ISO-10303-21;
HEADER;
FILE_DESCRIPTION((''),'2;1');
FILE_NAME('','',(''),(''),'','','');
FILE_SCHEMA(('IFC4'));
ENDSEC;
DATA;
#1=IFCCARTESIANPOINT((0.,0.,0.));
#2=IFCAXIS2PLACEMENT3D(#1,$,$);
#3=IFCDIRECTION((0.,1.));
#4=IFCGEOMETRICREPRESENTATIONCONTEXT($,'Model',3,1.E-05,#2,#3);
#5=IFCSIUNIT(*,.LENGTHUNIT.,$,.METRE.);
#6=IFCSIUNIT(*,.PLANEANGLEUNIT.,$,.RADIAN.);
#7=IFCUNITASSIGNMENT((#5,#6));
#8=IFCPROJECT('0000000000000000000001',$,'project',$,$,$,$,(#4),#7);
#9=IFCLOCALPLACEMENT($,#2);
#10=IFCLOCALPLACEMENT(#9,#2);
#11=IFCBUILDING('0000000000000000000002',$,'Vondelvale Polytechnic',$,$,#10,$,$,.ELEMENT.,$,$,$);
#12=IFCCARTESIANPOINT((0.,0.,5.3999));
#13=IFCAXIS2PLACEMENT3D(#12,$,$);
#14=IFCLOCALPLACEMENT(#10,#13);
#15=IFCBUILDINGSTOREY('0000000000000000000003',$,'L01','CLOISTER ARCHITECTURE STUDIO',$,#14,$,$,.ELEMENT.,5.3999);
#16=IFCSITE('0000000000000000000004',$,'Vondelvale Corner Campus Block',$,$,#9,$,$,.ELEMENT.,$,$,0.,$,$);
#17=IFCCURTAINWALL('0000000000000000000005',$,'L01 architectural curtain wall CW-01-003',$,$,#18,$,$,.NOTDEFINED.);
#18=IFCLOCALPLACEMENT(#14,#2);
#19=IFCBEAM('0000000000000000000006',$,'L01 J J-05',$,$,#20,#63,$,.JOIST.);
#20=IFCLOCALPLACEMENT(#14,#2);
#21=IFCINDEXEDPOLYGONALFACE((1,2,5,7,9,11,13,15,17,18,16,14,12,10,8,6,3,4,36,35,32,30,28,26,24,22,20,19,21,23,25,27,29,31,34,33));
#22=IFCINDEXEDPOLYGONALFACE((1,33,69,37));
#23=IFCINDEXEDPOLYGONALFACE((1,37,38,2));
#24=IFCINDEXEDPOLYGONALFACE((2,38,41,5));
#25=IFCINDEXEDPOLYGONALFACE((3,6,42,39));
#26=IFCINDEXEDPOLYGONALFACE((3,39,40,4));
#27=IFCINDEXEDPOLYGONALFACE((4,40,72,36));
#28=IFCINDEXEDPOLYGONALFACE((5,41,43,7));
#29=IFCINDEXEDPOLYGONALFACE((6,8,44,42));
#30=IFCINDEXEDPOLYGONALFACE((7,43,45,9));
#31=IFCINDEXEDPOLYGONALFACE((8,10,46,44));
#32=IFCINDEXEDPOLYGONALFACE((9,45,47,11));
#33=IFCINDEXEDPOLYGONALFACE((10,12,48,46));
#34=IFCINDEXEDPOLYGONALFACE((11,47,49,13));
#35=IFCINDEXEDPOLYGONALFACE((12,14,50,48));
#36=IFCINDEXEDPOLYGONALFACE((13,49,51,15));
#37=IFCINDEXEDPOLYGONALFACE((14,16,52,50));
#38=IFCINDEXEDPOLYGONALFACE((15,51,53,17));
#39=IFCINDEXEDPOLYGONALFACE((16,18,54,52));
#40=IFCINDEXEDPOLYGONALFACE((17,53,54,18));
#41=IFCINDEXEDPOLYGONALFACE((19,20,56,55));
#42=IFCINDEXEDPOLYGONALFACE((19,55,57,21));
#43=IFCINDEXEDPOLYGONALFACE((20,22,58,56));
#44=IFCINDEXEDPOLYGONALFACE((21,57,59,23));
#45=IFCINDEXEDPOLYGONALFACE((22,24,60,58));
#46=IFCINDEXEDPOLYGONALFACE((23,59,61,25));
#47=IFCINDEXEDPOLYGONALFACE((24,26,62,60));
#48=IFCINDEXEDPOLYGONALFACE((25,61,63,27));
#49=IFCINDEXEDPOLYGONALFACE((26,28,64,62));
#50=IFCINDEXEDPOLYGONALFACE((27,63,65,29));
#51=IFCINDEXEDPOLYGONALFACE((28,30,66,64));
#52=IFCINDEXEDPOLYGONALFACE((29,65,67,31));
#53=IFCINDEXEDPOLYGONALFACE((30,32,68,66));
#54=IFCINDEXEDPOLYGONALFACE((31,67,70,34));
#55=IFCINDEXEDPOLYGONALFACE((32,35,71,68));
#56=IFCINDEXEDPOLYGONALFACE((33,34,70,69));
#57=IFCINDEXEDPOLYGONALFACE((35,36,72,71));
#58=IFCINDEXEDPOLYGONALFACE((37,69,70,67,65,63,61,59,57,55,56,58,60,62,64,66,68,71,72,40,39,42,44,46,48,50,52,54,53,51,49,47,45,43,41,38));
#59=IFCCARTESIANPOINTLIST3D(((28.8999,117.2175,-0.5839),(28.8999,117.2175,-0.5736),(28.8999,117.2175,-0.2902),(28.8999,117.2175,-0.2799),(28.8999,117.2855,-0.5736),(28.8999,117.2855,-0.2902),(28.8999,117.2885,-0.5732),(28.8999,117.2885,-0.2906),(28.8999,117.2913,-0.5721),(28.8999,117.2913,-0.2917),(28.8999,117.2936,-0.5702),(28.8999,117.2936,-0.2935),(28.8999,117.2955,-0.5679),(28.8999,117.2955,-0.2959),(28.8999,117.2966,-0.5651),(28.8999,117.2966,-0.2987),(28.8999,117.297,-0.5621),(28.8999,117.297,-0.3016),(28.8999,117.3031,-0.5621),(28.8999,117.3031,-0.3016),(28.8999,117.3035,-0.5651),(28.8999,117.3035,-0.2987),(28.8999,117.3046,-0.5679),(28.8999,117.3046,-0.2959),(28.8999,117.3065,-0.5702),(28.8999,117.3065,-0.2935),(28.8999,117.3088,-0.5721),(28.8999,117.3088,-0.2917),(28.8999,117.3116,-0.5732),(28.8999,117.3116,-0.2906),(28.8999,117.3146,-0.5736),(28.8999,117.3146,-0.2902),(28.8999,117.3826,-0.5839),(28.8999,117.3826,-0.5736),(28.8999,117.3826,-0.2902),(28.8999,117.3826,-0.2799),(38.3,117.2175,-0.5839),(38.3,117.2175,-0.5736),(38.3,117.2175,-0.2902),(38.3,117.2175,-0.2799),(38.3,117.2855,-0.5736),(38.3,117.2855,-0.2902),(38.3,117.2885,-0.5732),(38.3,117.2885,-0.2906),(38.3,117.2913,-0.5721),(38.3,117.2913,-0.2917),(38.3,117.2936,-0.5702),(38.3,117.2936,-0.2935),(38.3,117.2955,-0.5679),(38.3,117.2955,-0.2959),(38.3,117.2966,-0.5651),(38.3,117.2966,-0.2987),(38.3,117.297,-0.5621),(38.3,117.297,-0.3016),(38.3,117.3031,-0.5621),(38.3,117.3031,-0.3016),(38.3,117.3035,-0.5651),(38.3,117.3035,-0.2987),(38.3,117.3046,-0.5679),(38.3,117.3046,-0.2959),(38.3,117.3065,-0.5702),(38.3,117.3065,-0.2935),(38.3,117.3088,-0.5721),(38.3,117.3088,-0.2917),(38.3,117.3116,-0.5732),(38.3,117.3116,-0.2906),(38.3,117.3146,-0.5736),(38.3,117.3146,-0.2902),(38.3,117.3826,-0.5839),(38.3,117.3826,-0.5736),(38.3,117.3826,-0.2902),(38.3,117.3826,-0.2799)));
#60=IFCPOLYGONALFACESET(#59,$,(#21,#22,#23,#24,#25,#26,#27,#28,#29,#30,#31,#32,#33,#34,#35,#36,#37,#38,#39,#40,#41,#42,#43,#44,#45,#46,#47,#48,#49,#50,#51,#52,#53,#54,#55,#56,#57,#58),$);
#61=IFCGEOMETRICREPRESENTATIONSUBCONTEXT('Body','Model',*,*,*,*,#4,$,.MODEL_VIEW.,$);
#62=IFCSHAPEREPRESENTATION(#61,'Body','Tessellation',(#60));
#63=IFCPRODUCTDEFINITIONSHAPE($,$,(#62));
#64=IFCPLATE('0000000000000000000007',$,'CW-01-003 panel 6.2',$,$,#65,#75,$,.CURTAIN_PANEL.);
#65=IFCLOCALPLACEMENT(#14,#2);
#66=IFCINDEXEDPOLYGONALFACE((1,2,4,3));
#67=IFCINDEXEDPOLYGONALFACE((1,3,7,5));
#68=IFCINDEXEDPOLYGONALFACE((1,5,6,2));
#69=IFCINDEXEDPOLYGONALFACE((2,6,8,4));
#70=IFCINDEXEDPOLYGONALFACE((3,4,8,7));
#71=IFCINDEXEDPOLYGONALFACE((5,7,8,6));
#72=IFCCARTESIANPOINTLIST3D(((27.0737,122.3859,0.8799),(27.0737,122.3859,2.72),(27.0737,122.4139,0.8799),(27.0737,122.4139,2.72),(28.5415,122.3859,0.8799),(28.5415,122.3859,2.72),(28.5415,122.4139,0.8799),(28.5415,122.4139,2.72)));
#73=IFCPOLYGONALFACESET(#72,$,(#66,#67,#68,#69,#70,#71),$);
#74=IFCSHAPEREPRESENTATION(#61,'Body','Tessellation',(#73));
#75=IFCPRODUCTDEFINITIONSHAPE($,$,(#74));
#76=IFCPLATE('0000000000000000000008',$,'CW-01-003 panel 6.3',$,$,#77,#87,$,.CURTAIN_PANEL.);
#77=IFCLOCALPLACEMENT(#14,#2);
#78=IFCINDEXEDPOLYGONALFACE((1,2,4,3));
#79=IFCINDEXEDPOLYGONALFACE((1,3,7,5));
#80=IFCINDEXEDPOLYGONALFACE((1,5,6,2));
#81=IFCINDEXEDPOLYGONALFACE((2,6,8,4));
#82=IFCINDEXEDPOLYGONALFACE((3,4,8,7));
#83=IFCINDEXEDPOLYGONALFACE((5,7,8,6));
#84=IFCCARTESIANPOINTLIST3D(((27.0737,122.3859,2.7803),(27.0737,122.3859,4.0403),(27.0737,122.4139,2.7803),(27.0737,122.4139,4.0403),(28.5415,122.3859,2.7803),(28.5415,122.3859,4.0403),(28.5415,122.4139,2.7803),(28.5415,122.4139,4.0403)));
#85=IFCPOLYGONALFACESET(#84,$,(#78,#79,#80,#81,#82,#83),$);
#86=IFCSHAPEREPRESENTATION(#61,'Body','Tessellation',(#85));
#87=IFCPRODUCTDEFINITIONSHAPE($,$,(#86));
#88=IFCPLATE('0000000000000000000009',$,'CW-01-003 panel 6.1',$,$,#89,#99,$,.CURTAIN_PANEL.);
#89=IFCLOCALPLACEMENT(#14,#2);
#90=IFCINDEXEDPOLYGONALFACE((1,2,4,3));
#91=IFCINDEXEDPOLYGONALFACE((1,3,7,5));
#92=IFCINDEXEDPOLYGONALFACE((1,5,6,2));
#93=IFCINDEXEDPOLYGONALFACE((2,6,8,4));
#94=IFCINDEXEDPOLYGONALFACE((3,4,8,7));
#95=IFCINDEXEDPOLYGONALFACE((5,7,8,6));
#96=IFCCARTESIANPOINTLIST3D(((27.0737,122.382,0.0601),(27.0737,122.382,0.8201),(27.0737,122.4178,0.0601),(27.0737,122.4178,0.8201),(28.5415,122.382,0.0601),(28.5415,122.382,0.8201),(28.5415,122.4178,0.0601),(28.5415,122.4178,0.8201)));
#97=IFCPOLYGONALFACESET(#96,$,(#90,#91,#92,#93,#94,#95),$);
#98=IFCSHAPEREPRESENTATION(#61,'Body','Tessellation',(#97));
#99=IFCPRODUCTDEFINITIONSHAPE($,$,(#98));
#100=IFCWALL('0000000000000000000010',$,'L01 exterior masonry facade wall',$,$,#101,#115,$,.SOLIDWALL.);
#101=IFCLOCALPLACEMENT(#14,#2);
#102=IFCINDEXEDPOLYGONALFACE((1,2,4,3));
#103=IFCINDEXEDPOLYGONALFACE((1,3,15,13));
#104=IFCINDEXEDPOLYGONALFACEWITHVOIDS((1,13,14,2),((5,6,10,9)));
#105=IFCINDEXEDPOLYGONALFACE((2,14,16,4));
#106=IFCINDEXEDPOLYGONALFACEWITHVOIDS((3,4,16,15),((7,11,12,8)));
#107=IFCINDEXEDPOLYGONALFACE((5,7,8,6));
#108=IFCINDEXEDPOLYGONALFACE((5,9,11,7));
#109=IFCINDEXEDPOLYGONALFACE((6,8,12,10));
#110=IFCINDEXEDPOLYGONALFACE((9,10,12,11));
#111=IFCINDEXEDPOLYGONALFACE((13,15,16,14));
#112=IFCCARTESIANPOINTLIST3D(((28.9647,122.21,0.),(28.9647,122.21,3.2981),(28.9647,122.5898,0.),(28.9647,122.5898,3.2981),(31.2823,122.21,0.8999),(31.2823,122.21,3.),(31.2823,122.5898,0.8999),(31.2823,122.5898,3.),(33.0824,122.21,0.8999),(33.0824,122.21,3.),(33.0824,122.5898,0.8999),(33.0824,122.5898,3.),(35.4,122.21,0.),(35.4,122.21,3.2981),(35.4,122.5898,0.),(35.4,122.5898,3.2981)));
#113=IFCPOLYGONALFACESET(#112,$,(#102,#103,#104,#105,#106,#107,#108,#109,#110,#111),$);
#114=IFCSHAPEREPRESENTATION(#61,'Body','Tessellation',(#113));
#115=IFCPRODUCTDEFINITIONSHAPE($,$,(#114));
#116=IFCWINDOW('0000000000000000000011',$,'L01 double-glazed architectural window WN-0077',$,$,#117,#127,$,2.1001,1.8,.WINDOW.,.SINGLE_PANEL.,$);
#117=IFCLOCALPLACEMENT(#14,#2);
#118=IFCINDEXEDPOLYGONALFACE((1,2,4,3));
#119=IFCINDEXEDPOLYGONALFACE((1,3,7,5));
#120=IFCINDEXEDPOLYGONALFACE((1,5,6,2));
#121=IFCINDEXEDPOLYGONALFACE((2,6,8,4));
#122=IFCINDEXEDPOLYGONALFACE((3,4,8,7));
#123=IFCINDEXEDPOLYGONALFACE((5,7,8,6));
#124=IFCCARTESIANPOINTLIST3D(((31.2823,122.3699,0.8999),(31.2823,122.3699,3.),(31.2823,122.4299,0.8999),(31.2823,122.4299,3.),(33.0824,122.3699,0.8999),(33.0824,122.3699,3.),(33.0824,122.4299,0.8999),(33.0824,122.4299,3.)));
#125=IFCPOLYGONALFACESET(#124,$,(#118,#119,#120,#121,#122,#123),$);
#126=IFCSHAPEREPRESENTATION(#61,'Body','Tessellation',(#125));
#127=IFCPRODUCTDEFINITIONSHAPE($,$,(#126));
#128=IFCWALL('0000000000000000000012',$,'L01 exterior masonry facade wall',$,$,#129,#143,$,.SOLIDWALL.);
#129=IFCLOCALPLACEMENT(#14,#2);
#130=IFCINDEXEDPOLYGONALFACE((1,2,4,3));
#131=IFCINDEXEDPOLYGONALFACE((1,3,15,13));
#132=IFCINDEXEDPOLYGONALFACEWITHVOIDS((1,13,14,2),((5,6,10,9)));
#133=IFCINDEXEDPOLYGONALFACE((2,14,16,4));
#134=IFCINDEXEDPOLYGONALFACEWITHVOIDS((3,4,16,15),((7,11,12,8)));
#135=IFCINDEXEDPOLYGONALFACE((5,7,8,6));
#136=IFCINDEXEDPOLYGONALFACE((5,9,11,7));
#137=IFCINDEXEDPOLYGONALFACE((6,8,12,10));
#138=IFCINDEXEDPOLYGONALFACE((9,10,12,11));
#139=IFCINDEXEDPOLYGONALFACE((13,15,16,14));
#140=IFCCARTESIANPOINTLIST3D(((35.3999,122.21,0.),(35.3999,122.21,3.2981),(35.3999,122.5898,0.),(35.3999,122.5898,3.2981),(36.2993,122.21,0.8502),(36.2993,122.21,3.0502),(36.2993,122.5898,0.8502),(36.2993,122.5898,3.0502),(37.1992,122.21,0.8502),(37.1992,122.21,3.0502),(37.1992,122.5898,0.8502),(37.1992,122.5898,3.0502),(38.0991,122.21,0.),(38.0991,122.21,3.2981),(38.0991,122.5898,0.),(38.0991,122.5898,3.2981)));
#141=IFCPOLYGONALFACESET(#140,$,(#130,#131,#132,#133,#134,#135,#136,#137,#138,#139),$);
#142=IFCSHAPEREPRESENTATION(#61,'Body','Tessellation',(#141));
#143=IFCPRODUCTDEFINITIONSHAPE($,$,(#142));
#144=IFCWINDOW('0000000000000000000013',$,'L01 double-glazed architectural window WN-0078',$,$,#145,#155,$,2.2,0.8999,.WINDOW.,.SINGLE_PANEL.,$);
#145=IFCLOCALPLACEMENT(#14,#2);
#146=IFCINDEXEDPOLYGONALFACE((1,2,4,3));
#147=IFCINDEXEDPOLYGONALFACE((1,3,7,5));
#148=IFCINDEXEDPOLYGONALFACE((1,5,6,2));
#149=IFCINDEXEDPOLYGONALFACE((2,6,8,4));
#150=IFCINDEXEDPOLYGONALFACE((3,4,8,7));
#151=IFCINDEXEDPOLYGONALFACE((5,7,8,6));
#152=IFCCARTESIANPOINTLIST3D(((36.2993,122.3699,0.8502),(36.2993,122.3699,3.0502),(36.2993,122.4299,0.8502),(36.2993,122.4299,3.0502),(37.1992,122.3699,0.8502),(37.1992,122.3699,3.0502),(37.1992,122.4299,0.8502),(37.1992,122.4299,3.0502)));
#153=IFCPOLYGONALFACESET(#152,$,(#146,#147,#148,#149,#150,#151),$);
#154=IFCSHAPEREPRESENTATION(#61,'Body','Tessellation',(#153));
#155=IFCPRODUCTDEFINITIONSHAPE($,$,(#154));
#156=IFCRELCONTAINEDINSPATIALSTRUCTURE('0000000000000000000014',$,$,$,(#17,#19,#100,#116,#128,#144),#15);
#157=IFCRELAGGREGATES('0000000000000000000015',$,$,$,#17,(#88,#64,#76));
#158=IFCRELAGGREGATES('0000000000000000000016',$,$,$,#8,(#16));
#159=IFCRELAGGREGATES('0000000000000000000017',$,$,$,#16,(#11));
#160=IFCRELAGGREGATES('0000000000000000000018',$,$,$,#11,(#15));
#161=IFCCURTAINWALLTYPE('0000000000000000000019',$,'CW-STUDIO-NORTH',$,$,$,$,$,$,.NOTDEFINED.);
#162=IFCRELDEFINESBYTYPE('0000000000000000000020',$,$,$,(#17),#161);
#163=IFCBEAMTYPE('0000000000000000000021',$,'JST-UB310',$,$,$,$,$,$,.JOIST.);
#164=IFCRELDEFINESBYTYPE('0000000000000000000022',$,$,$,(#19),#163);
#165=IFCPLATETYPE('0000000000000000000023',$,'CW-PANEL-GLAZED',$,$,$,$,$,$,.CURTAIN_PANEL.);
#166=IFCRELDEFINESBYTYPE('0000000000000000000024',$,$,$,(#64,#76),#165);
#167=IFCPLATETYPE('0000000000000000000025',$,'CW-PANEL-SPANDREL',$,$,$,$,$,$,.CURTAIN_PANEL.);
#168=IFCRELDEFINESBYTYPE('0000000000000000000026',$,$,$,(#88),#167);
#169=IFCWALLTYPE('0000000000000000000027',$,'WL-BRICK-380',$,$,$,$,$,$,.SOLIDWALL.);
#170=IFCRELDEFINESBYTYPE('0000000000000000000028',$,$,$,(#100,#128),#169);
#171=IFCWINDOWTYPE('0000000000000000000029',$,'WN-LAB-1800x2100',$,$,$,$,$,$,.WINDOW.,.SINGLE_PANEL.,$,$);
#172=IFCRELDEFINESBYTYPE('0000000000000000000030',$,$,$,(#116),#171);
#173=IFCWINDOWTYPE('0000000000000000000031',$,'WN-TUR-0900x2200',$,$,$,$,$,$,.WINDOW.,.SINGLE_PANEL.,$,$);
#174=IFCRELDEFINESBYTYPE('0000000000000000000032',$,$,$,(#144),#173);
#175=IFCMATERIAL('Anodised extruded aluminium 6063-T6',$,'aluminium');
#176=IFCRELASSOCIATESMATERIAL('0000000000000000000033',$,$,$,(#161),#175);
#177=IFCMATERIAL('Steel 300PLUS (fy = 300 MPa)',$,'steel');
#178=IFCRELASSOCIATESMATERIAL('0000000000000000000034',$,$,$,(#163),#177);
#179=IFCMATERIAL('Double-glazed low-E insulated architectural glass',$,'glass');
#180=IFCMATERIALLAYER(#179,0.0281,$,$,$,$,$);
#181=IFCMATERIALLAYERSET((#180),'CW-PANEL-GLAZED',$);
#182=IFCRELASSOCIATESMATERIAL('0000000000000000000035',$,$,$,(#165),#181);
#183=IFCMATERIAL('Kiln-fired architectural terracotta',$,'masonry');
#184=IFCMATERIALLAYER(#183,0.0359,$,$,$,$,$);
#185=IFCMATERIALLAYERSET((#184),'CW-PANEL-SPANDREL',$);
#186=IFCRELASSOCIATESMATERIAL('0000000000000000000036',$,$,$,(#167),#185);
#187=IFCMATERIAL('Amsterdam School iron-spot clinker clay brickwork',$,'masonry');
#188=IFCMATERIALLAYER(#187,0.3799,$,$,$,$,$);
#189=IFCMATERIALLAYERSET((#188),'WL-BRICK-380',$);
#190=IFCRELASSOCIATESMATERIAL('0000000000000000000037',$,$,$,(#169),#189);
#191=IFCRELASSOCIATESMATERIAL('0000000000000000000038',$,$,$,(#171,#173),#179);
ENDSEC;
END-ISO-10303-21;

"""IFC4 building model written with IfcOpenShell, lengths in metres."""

from ifc_helpers import new_model, si_unit, direction, frame, frame_2d, origin, origin_2d, place, context, subcontext, project, spatial, rectangle, i_section, extrude, material, layer, layer_set, material_profile, profile_set, type_object, element, fill, aggregate, save


model = new_model("IFC4")

# Units and contexts
model_context = context("Model", 3, precision=1e-05, world=origin(), true_north=direction((0.0, 1.0)))
body_context = subcontext(model_context, "Body", "Model", "MODEL_VIEW")
ifc_project = project(units=[si_unit("LENGTHUNIT", "METRE"), si_unit("PLANEANGLEUNIT", "RADIAN")], contexts=[model_context])

# Site, building, storey
site_placement = place(None, origin())
site = spatial("IfcSite", under=ifc_project, at=site_placement, Name="Vondelvale Corner Campus Block", CompositionType="ELEMENT", RefElevation=0.0)
building_placement = place(site_placement, origin())
building = spatial("IfcBuilding", under=site, at=building_placement, Name="Vondelvale Polytechnic", CompositionType="ELEMENT")
storey_placement = place(building_placement, frame((0.0, 0.0, 5.3999)))
storey = spatial("IfcBuildingStorey", under=building, at=storey_placement, Name="L01", Description="CLOISTER ARCHITECTURE STUDIO", CompositionType="ELEMENT", Elevation=5.3999)

# Shared definitions
ifc_material_1 = material(Name="Steel 300PLUS (fy = 300 MPa)", Category="steel")

# Curtain wall
ifc_material_2 = material(Name="Anodised extruded aluminium 6063-T6", Category="aluminium")
curtain_wall_type = type_object("IfcCurtainWallType", Name="CW-STUDIO-NORTH", PredefinedType="NOTDEFINED", material=ifc_material_2)
curtain_wall_placement = place(storey_placement, origin())
curtain_wall = element("IfcCurtainWall", 1, at=curtain_wall_placement, inside=storey, type_object=curtain_wall_type, Name="L01 architectural curtain wall CW-01-003", PredefinedType="NOTDEFINED")

# Beam
ifc_material_profile_1 = material_profile(ifc_material_1, i_section(OverallWidth=0.165, OverallDepth=0.304, WebThickness=0.0061, FlangeThickness=0.0103, FilletRadius=0.0115, at=origin_2d()), Name="310UB40.4")
ifc_profile_set_1 = profile_set([ifc_material_profile_1], Name="Steel 300PLUS (fy = 300 MPa)")
beam_type_1 = type_object("IfcBeamType", Name="JST-UB310", PredefinedType="JOIST", material=ifc_profile_set_1)
beam_1_placement = place(storey_placement, frame((28.8999, 117.3, -0.4319), z_axis=(1.0, 0.0, 0.0), x_axis=(0.0, 1.0, 0.0)))
element("IfcBeam", 2, at=beam_1_placement, inside=storey, type_object=beam_type_1, Name="L01 J J-05", PredefinedType="JOIST", context=body_context, shape_type="SweptSolid", body=[
    extrude(i_section(OverallWidth=0.165, OverallDepth=0.304, WebThickness=0.0061, FlangeThickness=0.0103, FilletRadius=0.0115, at=origin_2d()), origin(), (0.0, 0.0, 1.0), 9.4001),
])

# Plates
ifc_material_3 = material(Name="Double-glazed low-E insulated architectural glass", Category="glass")
ifc_layer_1 = layer(ifc_material_3, 0.0281)
ifc_layer_set_1 = layer_set([ifc_layer_1], Name="CW-PANEL-GLAZED")
plate_type_1 = type_object("IfcPlateType", Name="CW-PANEL-GLAZED", PredefinedType="CURTAIN_PANEL", material=ifc_layer_set_1)
plate_1_placement = place(storey_placement, frame((27.8076, 122.3999, 0.8799), z_axis=(0.0, 0.0, 1.0), x_axis=(1.0, 0.0, 0.0)))
plate_1 = element("IfcPlate", 3, at=plate_1_placement, type_object=plate_type_1, Name="CW-01-003 panel 6.2", PredefinedType="CURTAIN_PANEL", context=body_context, shape_type="SweptSolid", body=[
    extrude(rectangle(XDim=1.4678, YDim=0.0281, at=origin_2d()), origin(), (0.0, 0.0, 1.0), 1.8401),
])
plate_2_placement = place(storey_placement, frame((27.8076, 122.3999, 2.7803), z_axis=(0.0, 0.0, 1.0), x_axis=(1.0, 0.0, 0.0)))
plate_2 = element("IfcPlate", 4, at=plate_2_placement, type_object=plate_type_1, Name="CW-01-003 panel 6.3", PredefinedType="CURTAIN_PANEL", context=body_context, shape_type="SweptSolid", body=[
    extrude(rectangle(XDim=1.4678, YDim=0.0281, at=origin_2d()), origin(), (0.0, 0.0, 1.0), 1.26),
])
ifc_material_4 = material(Name="Kiln-fired architectural terracotta", Category="masonry")
ifc_layer_2 = layer(ifc_material_4, 0.0359)
ifc_layer_set_2 = layer_set([ifc_layer_2], Name="CW-PANEL-SPANDREL")
plate_type_2 = type_object("IfcPlateType", Name="CW-PANEL-SPANDREL", PredefinedType="CURTAIN_PANEL", material=ifc_layer_set_2)
plate_3_placement = place(storey_placement, frame((27.8076, 122.3999, 0.0601), z_axis=(0.0, 0.0, 1.0), x_axis=(1.0, 0.0, 0.0)))
plate_3 = element("IfcPlate", 5, at=plate_3_placement, type_object=plate_type_2, Name="CW-01-003 panel 6.1", PredefinedType="CURTAIN_PANEL", context=body_context, shape_type="SweptSolid", body=[
    extrude(rectangle(XDim=1.4678, YDim=0.0359, at=origin_2d()), origin(), (0.0, 0.0, 1.0), 0.76),
])
aggregate(curtain_wall, [plate_3, plate_1, plate_2])

# Walls, openings, windows
ifc_material_5 = material(Name="Amsterdam School iron-spot clinker clay brickwork", Category="masonry")
ifc_layer_3 = layer(ifc_material_5, 0.3799)
ifc_layer_set_3 = layer_set([ifc_layer_3], Name="WL-BRICK-380")
wall_type_1 = type_object("IfcWallType", Name="WL-BRICK-380", PredefinedType="SOLIDWALL", material=ifc_layer_set_3)
wall_1_placement = place(storey_placement, frame((28.9646, 122.3999, 0.0), z_axis=(0.0, 0.0, 1.0), x_axis=(1.0, 0.0, 0.0)))
wall_1 = element("IfcWall", 6, at=wall_1_placement, inside=storey, type_object=wall_type_1, Name="L01 exterior masonry facade wall", PredefinedType="SOLIDWALL", context=body_context, shape_type="SweptSolid", body=[
    extrude(rectangle(XDim=6.4353, YDim=0.3799, at=frame_2d((3.2178, 0.0))), origin(), (0.0, 0.0, 1.0), 3.2981),
])
opening_1_placement = place(wall_1_placement, frame((2.3179, 0.0, 0.8999)))
opening_1 = element("IfcOpeningElement", 7, at=opening_1_placement, cuts=wall_1, PredefinedType="OPENING", context=body_context, shape_type="SweptSolid", body=[
    extrude(rectangle(XDim=1.8, YDim=2.1001, at=frame_2d((0.8999, 1.05))), frame((0.0, 0.2, 0.0), z_axis=(0.0, -1.0, 0.0), x_axis=(1.0, 0.0, 0.0)), (0.0, 0.0, 1.0), 0.3999),
])
window_type_1 = type_object("IfcWindowType", Name="WN-LAB-1800x2100", PartitioningType="SINGLE_PANEL", PredefinedType="WINDOW", material=ifc_material_3)
window_1_placement = place(opening_1_placement, origin())
window_1 = element("IfcWindow", 8, at=window_1_placement, inside=storey, type_object=window_type_1, Name="L01 double-glazed architectural window WN-0077", OverallHeight=2.1001, OverallWidth=1.8, PartitioningType="SINGLE_PANEL", PredefinedType="WINDOW", context=body_context, shape_type="SweptSolid", body=[
    extrude(rectangle(XDim=1.8, YDim=2.1001, at=frame_2d((0.8999, 1.05))), frame((0.0, 0.03, 0.0), z_axis=(0.0, -1.0, 0.0), x_axis=(1.0, 0.0, 0.0)), (0.0, 0.0, 1.0), 0.0601),
])
fill(opening_1, window_1)
wall_2_placement = place(storey_placement, frame((35.3999, 122.3999, 0.0), z_axis=(0.0, 0.0, 1.0), x_axis=(1.0, 0.0, 0.0)))
wall_2 = element("IfcWall", 9, at=wall_2_placement, inside=storey, type_object=wall_type_1, Name="L01 exterior masonry facade wall", PredefinedType="SOLIDWALL", context=body_context, shape_type="SweptSolid", body=[
    extrude(rectangle(XDim=2.6992, YDim=0.3799, at=frame_2d((1.3496, 0.0))), origin(), (0.0, 0.0, 1.0), 3.2981),
])
opening_2_placement = place(wall_2_placement, frame((0.8994, 0.0, 0.8501)))
opening_2 = element("IfcOpeningElement", 10, at=opening_2_placement, cuts=wall_2, PredefinedType="OPENING", context=body_context, shape_type="SweptSolid", body=[
    extrude(rectangle(XDim=0.8999, YDim=2.2, at=frame_2d((0.45, 1.1001))), frame((0.0, 0.2, 0.0), z_axis=(0.0, -1.0, 0.0), x_axis=(1.0, 0.0, 0.0)), (0.0, 0.0, 1.0), 0.3999),
])
window_type_2 = type_object("IfcWindowType", Name="WN-TUR-0900x2200", PartitioningType="SINGLE_PANEL", PredefinedType="WINDOW", material=ifc_material_3)
window_2_placement = place(opening_2_placement, origin())
window_2 = element("IfcWindow", 11, at=window_2_placement, inside=storey, type_object=window_type_2, Name="L01 double-glazed architectural window WN-0078", OverallHeight=2.2, OverallWidth=0.8999, PartitioningType="SINGLE_PANEL", PredefinedType="WINDOW", context=body_context, shape_type="SweptSolid", body=[
    extrude(rectangle(XDim=0.8999, YDim=2.2, at=frame_2d((0.45, 1.1001))), frame((0.0, 0.03, 0.0), z_axis=(0.0, -1.0, 0.0), x_axis=(1.0, 0.0, 0.0)), (0.0, 0.0, 1.0), 0.0601),
])
fill(opening_2, window_2)

save(model, "model.ifc")
